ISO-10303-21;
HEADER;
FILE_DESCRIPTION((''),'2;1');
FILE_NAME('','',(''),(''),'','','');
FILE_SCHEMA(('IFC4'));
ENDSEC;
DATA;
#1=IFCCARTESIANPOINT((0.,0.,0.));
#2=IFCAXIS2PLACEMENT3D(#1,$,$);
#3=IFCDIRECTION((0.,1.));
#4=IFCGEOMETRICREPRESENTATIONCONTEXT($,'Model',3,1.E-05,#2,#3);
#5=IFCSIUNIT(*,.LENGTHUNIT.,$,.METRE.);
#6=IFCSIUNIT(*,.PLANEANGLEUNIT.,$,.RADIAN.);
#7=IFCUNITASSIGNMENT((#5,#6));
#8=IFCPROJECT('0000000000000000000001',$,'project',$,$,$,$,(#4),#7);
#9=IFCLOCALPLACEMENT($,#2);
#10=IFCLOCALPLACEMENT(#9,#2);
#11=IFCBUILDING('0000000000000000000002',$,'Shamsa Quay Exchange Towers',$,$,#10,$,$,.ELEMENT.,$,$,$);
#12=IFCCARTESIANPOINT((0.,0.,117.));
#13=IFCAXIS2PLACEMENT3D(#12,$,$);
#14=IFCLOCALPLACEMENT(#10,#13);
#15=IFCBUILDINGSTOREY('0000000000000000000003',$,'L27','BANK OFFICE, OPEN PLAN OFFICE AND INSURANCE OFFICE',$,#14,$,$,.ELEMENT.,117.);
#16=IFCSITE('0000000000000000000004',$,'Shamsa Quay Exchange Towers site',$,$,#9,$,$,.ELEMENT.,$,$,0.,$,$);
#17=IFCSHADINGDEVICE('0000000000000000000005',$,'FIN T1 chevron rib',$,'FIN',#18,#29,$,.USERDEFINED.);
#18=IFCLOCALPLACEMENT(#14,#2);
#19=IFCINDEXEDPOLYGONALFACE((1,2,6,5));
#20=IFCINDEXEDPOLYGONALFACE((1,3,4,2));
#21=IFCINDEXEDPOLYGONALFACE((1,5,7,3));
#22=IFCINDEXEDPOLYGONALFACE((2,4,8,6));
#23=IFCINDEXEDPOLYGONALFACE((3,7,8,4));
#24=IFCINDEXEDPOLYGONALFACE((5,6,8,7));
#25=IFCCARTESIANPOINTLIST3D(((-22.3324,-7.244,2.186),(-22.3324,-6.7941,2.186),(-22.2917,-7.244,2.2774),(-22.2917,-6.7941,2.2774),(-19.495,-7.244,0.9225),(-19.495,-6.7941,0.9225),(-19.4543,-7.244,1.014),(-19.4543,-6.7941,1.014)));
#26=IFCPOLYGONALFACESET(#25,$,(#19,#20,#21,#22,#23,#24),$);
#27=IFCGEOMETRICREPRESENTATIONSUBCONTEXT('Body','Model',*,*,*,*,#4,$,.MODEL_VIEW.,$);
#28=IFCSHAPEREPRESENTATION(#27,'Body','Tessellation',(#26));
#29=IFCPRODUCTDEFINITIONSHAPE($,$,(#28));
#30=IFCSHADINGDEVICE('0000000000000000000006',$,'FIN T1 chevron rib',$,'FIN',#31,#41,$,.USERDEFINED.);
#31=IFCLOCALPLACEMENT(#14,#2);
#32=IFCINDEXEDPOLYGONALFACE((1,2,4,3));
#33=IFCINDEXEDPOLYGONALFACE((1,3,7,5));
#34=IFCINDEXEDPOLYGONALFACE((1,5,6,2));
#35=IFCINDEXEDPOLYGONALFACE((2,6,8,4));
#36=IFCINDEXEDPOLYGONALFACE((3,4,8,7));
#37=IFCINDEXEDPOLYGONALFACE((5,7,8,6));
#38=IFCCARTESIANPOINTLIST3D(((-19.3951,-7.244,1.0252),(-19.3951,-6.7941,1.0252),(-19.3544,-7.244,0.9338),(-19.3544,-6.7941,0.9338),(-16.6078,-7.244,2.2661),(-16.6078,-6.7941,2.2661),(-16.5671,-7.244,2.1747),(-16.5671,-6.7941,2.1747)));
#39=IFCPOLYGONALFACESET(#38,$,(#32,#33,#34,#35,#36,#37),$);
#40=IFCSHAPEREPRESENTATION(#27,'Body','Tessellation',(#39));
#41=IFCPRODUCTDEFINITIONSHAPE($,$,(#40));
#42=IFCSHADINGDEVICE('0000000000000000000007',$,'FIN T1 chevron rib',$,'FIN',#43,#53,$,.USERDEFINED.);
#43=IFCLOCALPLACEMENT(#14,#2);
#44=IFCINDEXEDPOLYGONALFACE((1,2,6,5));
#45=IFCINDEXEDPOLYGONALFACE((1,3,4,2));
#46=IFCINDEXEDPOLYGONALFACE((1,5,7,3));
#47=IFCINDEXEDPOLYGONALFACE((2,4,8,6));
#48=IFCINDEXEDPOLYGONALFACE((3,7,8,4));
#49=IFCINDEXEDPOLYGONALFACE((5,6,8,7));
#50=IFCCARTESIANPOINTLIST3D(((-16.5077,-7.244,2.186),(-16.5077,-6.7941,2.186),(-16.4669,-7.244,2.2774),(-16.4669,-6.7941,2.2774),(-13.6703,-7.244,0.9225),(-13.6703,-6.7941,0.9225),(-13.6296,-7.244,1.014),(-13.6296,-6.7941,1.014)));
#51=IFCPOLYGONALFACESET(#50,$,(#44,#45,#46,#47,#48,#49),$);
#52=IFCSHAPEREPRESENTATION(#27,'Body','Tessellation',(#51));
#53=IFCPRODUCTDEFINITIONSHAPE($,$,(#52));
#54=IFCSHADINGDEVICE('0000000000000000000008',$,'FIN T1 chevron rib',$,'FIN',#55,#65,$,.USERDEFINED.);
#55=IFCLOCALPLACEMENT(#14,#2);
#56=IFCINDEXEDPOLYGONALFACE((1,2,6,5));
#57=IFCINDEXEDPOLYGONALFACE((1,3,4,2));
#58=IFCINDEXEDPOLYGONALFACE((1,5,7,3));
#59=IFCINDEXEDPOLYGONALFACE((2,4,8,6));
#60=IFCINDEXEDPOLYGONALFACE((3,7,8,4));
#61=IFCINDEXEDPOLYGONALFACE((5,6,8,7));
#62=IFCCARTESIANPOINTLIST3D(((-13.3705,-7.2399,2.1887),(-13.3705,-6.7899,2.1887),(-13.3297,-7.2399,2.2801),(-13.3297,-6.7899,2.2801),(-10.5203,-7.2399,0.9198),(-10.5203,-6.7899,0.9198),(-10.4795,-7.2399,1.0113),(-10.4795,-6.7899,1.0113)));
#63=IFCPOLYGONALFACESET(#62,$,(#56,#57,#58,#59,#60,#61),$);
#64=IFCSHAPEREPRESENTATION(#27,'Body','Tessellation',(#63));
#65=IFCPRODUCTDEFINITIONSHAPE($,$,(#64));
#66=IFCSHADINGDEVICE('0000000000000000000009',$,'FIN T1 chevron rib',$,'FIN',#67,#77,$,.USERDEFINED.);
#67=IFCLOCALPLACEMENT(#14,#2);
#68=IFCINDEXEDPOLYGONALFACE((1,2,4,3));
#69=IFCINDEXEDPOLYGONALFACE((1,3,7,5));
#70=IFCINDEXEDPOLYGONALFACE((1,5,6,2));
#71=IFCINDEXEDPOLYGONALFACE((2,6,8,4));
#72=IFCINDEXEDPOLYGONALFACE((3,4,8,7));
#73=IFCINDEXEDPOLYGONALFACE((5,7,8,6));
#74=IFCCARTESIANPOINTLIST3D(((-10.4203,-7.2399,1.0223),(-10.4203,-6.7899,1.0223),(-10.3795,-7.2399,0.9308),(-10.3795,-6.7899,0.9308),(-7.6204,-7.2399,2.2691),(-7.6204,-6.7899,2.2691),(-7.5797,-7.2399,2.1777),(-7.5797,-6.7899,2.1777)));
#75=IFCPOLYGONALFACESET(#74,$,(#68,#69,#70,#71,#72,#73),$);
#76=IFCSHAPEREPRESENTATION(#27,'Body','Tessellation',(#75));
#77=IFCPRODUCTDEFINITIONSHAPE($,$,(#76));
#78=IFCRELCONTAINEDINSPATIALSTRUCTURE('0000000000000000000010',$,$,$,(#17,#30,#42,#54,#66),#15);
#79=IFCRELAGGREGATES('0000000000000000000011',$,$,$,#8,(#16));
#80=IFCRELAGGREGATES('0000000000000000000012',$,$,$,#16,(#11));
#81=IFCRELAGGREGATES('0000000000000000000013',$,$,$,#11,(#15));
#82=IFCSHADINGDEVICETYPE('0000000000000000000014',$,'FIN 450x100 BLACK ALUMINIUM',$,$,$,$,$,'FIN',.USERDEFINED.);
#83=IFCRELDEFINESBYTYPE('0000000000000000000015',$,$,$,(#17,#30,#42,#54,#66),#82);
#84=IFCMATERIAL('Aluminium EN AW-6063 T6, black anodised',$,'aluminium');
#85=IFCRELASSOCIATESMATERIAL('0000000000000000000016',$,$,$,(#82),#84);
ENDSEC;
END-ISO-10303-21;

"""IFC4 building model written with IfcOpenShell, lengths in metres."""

from ifc_helpers import new_model, si_unit, direction, frame, origin, origin_2d, place, context, subcontext, project, spatial, rectangle, extrude, material, material_profile, profile_set, type_object, element, save


model = new_model("IFC4")

# Units and contexts
model_context = context("Model", 3, precision=1e-05, world=origin(), true_north=direction((0.0, 1.0)))
body_context = subcontext(model_context, "Body", "Model", "MODEL_VIEW")
ifc_project = project(units=[si_unit("LENGTHUNIT", "METRE"), si_unit("PLANEANGLEUNIT", "RADIAN")], contexts=[model_context])

# Site, building, storey
site_placement = place(None, origin())
site = spatial("IfcSite", under=ifc_project, at=site_placement, Name="Shamsa Quay Exchange Towers site", CompositionType="ELEMENT", RefElevation=0.0)
building_placement = place(site_placement, origin())
building = spatial("IfcBuilding", under=site, at=building_placement, Name="Shamsa Quay Exchange Towers", CompositionType="ELEMENT")
storey_placement = place(building_placement, frame((0.0, 0.0, 117.0)))
storey = spatial("IfcBuildingStorey", under=building, at=storey_placement, Name="L27", Description="BANK OFFICE, OPEN PLAN OFFICE AND INSURANCE OFFICE", CompositionType="ELEMENT", Elevation=117.0)

# Shared definitions
ifc_material_1 = material(Name="Aluminium EN AW-6063 T6, black anodised", Category="aluminium")

# Shading devices
ifc_material_profile_1 = material_profile(ifc_material_1, rectangle(XDim=0.45, YDim=0.1001, at=origin_2d()), Name="FIN450x100")
ifc_profile_set_1 = profile_set([ifc_material_profile_1], Name="Aluminium EN AW-6063 T6, black anodised")
shading_device_type = type_object("IfcShadingDeviceType", Name="FIN 450x100 BLACK ALUMINIUM", ElementType="FIN", PredefinedType="USERDEFINED", material=ifc_profile_set_1)
shading_device_1_placement = place(storey_placement, frame((-22.312, -7.019, 2.2317), z_axis=(0.913529, 0.0, -0.406773), x_axis=(0.0, 1.0, 0.0)))
element("IfcShadingDevice", 1, at=shading_device_1_placement, inside=storey, type_object=shading_device_type, Name="FIN T1 chevron rib", ObjectType="FIN", PredefinedType="USERDEFINED", context=body_context, shape_type="SweptSolid", body=[
    extrude(rectangle(XDim=0.45, YDim=0.1001, at=origin_2d()), origin(), (0.0, 0.0, 1.0), 3.106),
])
shading_device_2_placement = place(storey_placement, frame((-19.3748, -7.019, 0.9795), z_axis=(0.913551, 0.0, 0.406725), x_axis=(0.0, 1.0, 0.0)))
element("IfcShadingDevice", 2, at=shading_device_2_placement, inside=storey, type_object=shading_device_type, Name="FIN T1 chevron rib", ObjectType="FIN", PredefinedType="USERDEFINED", context=body_context, shape_type="SweptSolid", body=[
    extrude(rectangle(XDim=0.45, YDim=0.1001, at=origin_2d()), origin(), (0.0, 0.0, 1.0), 3.051),
])
shading_device_3_placement = place(storey_placement, frame((-16.4873, -7.019, 2.2317), z_axis=(0.913529, 0.0, -0.406773), x_axis=(0.0, 1.0, 0.0)))
element("IfcShadingDevice", 3, at=shading_device_3_placement, inside=storey, type_object=shading_device_type, Name="FIN T1 chevron rib", ObjectType="FIN", PredefinedType="USERDEFINED", context=body_context, shape_type="SweptSolid", body=[
    extrude(rectangle(XDim=0.45, YDim=0.1001, at=origin_2d()), origin(), (0.0, 0.0, 1.0), 3.106),
])
shading_device_4_placement = place(storey_placement, frame((-13.3501, -7.0149, 2.2344), z_axis=(0.913563, 0.0, -0.406697), x_axis=(0.0, 1.0, 0.0)))
element("IfcShadingDevice", 4, at=shading_device_4_placement, inside=storey, type_object=shading_device_type, Name="FIN T1 chevron rib", ObjectType="FIN", PredefinedType="USERDEFINED", context=body_context, shape_type="SweptSolid", body=[
    extrude(rectangle(XDim=0.45, YDim=0.1001, at=origin_2d()), origin(), (0.0, 0.0, 1.0), 3.1199),
])
shading_device_5_placement = place(storey_placement, frame((-10.3999, -7.0149, 0.9766), z_axis=(0.913512, 0.0, 0.406811), x_axis=(0.0, 1.0, 0.0)))
element("IfcShadingDevice", 5, at=shading_device_5_placement, inside=storey, type_object=shading_device_type, Name="FIN T1 chevron rib", ObjectType="FIN", PredefinedType="USERDEFINED", context=body_context, shape_type="SweptSolid", body=[
    extrude(rectangle(XDim=0.45, YDim=0.1001, at=origin_2d()), origin(), (0.0, 0.0, 1.0), 3.0649),
])

save(model, "model.ifc")
